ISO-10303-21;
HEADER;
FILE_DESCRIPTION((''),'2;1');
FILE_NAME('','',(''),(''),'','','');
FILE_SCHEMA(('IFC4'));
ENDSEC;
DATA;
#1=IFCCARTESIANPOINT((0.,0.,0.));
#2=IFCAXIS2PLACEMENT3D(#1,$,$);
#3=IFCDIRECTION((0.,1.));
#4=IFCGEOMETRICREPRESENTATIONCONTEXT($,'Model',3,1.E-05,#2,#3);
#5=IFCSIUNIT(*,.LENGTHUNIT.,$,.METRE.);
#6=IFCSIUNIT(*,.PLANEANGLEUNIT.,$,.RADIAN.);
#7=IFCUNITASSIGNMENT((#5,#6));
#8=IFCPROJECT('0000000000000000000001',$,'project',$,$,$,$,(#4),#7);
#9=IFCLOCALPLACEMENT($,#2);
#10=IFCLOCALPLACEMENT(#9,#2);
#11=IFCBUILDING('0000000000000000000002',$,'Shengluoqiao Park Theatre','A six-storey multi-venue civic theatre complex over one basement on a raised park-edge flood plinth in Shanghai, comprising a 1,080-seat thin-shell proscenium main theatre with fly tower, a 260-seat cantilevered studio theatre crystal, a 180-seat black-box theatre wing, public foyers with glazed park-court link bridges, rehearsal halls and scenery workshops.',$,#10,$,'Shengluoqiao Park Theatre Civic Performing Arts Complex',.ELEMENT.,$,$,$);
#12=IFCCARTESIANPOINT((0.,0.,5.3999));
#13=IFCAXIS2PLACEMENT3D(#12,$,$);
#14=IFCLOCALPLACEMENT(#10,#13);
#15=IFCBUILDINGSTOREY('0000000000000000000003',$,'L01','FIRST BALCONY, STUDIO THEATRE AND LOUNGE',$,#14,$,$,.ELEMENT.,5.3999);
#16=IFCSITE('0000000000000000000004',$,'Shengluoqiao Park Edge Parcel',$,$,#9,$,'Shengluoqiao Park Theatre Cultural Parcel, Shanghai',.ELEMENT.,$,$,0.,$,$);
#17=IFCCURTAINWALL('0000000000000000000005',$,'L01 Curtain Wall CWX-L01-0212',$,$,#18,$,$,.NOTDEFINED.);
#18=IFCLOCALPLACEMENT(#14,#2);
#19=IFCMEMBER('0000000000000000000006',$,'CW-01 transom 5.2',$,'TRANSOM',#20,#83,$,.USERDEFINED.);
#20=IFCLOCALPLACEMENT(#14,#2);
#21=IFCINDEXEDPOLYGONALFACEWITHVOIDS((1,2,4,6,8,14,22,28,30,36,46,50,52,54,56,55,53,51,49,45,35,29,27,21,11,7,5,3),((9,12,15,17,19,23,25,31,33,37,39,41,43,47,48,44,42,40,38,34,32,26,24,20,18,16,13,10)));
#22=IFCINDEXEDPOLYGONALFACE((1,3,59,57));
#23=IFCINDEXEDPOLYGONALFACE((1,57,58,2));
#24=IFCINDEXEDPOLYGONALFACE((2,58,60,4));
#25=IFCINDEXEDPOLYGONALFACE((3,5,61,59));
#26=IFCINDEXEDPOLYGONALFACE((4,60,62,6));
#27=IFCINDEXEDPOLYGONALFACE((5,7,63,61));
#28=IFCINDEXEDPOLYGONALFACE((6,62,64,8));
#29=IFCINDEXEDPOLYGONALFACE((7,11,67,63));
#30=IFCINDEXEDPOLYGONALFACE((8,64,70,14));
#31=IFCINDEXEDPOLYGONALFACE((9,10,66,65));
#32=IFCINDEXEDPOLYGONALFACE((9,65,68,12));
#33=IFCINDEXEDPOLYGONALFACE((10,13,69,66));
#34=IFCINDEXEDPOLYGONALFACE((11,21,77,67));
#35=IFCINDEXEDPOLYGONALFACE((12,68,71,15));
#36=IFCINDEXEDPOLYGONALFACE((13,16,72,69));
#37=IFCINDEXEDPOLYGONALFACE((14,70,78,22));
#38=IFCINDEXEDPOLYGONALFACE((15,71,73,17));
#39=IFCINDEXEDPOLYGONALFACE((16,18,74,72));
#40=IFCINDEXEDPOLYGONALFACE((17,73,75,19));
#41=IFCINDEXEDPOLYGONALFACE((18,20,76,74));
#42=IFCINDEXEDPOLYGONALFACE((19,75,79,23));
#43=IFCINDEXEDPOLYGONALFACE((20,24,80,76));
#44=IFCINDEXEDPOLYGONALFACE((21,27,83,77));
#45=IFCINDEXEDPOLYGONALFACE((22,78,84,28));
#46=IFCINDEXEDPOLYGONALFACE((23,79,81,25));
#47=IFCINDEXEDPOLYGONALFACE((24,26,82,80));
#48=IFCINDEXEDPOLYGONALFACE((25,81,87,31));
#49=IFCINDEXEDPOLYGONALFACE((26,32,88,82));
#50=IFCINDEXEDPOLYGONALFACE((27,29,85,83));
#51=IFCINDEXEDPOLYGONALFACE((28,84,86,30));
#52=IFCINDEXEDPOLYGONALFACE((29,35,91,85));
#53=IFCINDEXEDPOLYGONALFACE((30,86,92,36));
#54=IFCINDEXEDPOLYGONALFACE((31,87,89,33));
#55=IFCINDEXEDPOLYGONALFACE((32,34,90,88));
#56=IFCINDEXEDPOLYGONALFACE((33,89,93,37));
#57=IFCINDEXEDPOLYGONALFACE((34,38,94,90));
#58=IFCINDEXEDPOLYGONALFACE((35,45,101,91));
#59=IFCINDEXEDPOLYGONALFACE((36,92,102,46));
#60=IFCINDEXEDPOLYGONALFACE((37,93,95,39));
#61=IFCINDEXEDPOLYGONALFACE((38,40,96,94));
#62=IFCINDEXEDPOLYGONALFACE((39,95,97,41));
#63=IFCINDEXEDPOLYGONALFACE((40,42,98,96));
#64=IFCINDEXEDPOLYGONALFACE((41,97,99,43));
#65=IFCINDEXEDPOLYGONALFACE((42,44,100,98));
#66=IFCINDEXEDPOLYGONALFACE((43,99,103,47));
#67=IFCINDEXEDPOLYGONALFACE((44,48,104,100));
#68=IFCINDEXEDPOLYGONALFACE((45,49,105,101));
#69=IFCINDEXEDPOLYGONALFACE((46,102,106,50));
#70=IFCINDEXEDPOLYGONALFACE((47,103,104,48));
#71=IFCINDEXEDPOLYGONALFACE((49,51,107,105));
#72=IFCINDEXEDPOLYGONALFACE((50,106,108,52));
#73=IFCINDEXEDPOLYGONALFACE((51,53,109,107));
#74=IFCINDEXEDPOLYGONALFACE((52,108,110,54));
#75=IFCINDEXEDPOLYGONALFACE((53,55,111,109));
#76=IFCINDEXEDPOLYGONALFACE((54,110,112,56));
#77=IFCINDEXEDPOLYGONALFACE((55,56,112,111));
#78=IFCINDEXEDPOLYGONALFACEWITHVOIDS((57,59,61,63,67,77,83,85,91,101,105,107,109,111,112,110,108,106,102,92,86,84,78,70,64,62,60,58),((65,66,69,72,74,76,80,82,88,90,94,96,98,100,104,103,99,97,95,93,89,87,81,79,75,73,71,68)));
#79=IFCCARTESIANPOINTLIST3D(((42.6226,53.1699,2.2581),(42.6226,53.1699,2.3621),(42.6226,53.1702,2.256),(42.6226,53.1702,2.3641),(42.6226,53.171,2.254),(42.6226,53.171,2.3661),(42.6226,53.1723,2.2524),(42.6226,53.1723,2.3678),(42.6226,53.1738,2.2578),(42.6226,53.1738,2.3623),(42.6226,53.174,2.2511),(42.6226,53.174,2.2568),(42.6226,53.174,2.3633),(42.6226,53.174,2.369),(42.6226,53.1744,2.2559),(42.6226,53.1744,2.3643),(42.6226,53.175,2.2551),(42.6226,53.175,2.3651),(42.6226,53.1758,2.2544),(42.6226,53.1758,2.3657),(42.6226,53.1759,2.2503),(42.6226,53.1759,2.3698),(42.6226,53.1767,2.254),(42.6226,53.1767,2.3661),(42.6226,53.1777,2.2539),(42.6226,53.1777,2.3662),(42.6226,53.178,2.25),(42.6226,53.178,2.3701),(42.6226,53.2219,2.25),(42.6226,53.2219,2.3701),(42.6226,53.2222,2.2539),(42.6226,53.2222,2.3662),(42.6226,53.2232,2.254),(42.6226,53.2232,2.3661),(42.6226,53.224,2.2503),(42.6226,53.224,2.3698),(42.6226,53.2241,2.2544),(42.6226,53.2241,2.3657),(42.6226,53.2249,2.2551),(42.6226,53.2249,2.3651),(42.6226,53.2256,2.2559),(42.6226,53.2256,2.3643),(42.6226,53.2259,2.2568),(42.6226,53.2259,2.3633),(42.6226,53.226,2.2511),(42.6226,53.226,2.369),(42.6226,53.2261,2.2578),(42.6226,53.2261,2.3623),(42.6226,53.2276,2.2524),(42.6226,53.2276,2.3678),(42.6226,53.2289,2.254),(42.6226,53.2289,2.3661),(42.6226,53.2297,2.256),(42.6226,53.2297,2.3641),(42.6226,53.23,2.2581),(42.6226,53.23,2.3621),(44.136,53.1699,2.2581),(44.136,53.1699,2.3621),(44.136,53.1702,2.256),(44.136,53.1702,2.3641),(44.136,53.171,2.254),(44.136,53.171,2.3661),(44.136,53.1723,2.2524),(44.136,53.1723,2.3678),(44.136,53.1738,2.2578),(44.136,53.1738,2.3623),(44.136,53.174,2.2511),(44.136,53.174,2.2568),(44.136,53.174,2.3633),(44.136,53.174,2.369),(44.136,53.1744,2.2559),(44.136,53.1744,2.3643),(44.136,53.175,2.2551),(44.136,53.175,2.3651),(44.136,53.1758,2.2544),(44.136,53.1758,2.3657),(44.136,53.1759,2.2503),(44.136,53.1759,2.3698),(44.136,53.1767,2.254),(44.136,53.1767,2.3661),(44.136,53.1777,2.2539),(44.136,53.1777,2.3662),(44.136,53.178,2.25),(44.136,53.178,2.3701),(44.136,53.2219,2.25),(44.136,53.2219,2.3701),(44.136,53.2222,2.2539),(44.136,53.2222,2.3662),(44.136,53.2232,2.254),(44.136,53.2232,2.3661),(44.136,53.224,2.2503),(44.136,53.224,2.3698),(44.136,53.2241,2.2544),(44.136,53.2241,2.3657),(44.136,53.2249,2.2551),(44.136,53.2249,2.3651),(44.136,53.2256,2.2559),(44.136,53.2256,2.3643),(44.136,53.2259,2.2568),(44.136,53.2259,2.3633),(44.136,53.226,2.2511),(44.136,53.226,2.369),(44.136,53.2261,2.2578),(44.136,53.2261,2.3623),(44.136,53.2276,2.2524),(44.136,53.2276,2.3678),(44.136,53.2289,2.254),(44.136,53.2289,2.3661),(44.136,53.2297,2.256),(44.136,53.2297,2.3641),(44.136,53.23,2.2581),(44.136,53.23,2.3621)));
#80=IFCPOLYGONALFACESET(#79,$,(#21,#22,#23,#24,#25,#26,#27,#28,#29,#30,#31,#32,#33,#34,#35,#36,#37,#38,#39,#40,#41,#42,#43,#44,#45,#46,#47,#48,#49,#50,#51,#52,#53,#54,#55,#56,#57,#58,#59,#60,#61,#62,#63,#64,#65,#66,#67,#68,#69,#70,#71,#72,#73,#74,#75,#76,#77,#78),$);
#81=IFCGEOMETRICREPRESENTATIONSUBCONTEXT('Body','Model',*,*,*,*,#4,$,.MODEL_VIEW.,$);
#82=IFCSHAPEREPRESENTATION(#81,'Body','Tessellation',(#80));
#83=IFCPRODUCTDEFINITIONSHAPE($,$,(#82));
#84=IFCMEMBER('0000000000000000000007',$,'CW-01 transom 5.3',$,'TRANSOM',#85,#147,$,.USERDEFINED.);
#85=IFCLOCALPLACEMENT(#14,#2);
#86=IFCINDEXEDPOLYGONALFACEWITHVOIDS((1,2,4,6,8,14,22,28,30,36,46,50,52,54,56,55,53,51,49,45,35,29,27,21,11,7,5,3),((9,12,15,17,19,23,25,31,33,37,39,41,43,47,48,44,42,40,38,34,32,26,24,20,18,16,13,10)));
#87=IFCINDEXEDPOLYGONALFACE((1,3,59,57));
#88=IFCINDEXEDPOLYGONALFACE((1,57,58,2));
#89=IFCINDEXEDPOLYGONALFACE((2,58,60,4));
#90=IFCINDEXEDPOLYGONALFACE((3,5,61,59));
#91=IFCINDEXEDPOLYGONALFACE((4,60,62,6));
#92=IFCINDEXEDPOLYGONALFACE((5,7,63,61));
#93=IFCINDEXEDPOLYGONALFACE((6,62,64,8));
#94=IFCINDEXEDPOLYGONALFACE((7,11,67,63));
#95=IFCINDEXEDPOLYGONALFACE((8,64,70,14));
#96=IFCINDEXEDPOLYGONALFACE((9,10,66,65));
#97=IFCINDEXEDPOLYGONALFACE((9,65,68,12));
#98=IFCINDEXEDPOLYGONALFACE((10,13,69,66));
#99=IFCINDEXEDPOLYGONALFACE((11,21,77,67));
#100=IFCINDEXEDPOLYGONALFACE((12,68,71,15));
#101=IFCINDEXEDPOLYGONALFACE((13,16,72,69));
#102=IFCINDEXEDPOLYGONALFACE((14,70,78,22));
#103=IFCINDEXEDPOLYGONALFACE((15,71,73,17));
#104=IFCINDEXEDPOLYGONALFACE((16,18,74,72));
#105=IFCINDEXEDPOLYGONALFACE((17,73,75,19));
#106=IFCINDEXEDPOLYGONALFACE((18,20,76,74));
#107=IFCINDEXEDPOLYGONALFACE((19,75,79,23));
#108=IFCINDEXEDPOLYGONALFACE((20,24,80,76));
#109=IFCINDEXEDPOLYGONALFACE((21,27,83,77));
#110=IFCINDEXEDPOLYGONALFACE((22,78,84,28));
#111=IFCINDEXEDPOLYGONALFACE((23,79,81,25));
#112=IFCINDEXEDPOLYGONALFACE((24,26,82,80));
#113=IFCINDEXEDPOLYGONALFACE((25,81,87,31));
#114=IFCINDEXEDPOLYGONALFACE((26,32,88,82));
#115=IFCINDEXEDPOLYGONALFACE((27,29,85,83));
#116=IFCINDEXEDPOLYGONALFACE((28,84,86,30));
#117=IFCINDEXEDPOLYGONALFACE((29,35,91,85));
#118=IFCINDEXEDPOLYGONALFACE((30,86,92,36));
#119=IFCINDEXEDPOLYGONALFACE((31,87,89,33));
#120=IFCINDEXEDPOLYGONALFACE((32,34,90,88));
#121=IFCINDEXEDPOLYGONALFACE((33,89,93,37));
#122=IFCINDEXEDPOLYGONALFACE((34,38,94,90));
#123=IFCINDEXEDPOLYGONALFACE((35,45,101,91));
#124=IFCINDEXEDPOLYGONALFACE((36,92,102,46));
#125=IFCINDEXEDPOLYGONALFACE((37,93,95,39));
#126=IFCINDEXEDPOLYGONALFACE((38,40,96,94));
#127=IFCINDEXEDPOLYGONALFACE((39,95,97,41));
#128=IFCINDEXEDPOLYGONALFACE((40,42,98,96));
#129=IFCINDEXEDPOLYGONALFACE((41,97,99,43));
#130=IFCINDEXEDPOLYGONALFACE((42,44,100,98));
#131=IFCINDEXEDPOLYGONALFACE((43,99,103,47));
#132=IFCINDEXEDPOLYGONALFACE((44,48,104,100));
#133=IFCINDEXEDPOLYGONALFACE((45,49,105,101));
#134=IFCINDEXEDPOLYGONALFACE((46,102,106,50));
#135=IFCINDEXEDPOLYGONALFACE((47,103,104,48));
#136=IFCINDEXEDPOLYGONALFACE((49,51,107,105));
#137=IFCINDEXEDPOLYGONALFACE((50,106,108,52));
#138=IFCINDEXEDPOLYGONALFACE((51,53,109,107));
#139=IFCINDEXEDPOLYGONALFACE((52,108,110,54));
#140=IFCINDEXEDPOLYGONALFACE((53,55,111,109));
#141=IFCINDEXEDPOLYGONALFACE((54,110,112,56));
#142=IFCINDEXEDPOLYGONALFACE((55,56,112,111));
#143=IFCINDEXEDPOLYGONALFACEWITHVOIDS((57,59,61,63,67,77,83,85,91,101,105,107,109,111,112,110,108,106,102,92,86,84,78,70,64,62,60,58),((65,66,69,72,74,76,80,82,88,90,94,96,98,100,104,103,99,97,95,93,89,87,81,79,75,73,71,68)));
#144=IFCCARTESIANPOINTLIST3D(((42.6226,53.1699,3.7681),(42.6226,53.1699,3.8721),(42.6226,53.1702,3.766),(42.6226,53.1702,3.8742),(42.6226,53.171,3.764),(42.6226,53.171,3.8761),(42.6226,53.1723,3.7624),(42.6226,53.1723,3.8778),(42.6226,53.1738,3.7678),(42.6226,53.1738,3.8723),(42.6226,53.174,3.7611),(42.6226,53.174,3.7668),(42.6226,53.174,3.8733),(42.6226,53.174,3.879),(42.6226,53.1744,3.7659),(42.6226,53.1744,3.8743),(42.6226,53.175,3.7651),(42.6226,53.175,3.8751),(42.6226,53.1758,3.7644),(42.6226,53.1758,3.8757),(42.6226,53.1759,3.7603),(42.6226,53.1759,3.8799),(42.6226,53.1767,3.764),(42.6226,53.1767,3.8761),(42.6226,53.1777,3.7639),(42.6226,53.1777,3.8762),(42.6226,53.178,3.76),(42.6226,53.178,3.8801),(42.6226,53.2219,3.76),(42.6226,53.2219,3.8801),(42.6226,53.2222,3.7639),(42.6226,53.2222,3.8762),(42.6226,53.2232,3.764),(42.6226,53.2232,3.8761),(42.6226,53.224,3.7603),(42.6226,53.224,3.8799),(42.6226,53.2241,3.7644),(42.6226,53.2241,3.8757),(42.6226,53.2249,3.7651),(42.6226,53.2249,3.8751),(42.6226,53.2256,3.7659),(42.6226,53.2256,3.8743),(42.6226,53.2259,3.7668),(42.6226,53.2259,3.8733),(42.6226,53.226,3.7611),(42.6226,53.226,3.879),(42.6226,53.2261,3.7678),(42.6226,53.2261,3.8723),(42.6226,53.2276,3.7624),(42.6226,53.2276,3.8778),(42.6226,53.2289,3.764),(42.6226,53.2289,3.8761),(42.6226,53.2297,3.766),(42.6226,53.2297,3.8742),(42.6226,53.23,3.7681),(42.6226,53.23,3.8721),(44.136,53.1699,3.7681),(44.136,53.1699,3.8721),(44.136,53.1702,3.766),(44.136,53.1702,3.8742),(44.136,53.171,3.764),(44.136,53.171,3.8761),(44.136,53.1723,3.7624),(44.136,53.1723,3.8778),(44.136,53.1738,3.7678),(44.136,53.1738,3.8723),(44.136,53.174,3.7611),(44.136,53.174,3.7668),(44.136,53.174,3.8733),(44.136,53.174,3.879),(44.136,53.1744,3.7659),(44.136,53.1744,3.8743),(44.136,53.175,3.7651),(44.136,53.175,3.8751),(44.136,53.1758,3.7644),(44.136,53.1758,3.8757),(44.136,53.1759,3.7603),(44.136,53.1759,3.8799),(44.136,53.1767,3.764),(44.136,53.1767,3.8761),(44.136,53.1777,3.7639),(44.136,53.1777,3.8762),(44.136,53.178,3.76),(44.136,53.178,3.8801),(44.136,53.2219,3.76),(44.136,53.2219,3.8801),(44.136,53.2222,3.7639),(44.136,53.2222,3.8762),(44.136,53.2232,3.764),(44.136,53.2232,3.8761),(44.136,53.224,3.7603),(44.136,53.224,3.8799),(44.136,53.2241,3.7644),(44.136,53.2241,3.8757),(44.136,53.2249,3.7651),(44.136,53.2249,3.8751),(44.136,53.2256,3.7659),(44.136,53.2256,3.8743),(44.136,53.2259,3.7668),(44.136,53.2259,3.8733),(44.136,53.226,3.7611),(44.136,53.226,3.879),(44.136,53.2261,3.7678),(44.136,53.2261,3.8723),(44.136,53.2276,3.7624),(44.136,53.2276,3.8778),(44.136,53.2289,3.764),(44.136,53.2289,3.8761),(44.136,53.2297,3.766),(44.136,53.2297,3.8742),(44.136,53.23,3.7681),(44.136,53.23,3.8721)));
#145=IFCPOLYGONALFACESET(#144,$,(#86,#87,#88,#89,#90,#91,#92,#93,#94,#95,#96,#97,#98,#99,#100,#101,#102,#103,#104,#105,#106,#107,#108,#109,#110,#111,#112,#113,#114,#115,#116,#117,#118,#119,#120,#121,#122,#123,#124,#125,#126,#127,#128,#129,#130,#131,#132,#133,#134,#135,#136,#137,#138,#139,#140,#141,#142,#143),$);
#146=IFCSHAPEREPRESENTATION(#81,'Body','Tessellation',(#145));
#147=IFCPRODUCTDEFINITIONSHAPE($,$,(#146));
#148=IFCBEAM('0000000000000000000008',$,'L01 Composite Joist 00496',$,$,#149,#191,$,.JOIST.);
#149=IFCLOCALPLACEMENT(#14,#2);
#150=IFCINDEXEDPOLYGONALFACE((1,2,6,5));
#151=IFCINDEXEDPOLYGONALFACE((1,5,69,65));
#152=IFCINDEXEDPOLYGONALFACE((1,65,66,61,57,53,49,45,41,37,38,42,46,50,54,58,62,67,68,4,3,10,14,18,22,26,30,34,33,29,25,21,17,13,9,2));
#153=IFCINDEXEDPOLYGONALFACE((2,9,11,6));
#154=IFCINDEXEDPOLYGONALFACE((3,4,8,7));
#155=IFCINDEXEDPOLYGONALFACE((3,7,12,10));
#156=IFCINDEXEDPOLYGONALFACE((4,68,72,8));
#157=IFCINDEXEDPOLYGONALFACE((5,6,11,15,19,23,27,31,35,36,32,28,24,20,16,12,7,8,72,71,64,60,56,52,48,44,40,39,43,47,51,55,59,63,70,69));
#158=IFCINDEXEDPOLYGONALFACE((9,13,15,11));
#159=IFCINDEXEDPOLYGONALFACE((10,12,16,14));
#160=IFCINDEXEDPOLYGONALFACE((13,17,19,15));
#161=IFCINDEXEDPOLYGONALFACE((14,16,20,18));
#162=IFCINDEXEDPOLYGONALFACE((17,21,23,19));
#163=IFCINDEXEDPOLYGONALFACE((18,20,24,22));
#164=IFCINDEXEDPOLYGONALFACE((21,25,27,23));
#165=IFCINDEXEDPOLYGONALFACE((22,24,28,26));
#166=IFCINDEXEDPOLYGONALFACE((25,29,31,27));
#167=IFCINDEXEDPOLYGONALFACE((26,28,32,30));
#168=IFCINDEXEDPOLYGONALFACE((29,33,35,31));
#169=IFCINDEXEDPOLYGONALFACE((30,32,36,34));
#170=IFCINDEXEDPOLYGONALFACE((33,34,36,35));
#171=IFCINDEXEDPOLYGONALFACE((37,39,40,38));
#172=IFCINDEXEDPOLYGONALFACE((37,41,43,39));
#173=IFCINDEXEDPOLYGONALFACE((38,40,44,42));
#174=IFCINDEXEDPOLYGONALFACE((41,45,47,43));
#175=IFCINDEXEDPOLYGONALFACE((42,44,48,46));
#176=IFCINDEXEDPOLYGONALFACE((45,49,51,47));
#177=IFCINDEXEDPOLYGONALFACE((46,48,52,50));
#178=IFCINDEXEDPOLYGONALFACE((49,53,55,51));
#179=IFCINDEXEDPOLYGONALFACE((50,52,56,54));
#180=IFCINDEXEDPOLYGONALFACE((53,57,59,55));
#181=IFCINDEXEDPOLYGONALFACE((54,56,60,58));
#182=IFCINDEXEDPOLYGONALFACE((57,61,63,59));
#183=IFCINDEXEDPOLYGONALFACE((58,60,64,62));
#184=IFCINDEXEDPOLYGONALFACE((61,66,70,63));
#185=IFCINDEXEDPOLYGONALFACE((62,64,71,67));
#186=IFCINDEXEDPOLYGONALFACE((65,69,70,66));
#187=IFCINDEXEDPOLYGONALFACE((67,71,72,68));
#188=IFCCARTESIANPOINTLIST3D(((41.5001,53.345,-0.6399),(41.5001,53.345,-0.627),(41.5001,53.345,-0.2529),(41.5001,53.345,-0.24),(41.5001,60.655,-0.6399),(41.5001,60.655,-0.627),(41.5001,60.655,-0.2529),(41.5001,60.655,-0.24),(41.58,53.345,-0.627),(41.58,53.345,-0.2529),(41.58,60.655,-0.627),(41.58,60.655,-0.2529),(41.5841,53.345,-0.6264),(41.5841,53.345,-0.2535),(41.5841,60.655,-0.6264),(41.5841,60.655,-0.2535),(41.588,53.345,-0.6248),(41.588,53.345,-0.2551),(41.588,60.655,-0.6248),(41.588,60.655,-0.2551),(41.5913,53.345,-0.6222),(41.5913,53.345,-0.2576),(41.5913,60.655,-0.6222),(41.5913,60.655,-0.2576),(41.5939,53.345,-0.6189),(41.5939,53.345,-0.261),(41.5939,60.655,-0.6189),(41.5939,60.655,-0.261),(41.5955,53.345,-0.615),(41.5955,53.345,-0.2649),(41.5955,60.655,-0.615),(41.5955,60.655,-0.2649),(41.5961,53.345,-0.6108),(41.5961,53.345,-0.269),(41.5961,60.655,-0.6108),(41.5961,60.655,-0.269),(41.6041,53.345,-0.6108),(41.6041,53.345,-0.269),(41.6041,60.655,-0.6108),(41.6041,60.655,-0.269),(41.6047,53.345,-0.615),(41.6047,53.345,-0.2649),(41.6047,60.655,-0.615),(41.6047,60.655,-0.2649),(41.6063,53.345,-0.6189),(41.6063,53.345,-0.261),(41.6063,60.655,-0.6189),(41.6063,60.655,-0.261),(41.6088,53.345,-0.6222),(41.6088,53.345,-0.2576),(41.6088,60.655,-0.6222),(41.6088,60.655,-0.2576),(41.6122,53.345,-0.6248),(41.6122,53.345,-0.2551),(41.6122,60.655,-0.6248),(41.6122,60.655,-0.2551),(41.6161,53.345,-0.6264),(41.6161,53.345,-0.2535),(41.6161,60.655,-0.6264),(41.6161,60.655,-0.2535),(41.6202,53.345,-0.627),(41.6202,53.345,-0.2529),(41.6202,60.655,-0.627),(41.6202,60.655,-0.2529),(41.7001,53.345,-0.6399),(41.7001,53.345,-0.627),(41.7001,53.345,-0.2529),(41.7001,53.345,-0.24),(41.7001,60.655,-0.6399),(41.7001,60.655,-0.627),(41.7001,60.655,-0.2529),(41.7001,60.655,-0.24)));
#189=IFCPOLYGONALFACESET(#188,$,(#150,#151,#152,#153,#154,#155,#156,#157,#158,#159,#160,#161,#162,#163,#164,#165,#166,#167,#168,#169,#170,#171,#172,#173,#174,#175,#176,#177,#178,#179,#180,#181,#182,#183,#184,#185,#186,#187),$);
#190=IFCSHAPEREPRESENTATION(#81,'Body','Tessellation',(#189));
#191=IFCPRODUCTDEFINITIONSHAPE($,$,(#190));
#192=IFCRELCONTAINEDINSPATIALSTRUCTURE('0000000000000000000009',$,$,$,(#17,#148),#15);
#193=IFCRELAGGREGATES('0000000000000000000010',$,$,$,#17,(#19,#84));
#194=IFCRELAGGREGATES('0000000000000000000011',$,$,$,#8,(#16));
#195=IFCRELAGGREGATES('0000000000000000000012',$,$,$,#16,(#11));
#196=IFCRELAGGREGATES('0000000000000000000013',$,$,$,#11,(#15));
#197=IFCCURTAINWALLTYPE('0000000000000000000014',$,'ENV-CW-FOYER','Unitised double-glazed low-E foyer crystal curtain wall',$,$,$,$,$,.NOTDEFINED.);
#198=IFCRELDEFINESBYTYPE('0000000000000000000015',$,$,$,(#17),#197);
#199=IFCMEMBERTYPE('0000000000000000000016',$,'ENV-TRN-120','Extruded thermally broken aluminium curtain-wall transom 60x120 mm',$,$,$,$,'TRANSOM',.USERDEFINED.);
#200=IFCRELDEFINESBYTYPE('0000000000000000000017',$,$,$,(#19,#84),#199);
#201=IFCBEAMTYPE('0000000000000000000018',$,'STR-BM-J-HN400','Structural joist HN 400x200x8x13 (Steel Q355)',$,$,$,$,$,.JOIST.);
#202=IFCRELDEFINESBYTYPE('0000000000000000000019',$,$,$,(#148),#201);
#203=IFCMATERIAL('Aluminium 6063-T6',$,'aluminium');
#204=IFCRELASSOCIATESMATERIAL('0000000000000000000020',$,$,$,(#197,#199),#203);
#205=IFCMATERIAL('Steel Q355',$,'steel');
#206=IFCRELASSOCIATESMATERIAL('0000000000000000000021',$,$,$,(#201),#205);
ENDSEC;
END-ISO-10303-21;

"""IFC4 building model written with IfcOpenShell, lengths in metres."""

from ifc_helpers import new_model, si_unit, direction, frame, origin, origin_2d, place, context, subcontext, project, spatial, hollow_rectangle, i_section, extrude, material, material_profile, profile_set, type_object, element, aggregate, save


model = new_model("IFC4")

# Units and contexts
model_context = context("Model", 3, precision=1e-05, world=origin(), true_north=direction((0.0, 1.0)))
body_context = subcontext(model_context, "Body", "Model", "MODEL_VIEW")
ifc_project = project(units=[si_unit("LENGTHUNIT", "METRE"), si_unit("PLANEANGLEUNIT", "RADIAN")], contexts=[model_context])

# Site, building, storey
site_placement = place(None, origin())
site = spatial("IfcSite", under=ifc_project, at=site_placement, Name="Shengluoqiao Park Edge Parcel", LongName="Shengluoqiao Park Theatre Cultural Parcel, Shanghai", CompositionType="ELEMENT", RefElevation=0.0)
building_placement = place(site_placement, origin())
building = spatial("IfcBuilding", under=site, at=building_placement, Name="Shengluoqiao Park Theatre", Description="A six-storey multi-venue civic theatre complex over one basement on a raised park-edge flood plinth in Shanghai, comprising a 1,080-seat thin-shell proscenium main theatre with fly tower, a 260-seat cantilevered studio theatre crystal, a 180-seat black-box theatre wing, public foyers with glazed park-court link bridges, rehearsal halls and scenery workshops.", LongName="Shengluoqiao Park Theatre Civic Performing Arts Complex", CompositionType="ELEMENT")
storey_placement = place(building_placement, frame((0.0, 0.0, 5.3999)))
storey = spatial("IfcBuildingStorey", under=building, at=storey_placement, Name="L01", Description="FIRST BALCONY, STUDIO THEATRE AND LOUNGE", CompositionType="ELEMENT", Elevation=5.3999)

# Curtain wall, members
ifc_material_1 = material(Name="Aluminium 6063-T6", Category="aluminium")
curtain_wall_type = type_object("IfcCurtainWallType", Name="ENV-CW-FOYER", Description="Unitised double-glazed low-E foyer crystal curtain wall", PredefinedType="NOTDEFINED", material=ifc_material_1)
curtain_wall_placement = place(storey_placement, origin())
curtain_wall = element("IfcCurtainWall", 1, at=curtain_wall_placement, inside=storey, type_object=curtain_wall_type, Name="L01 Curtain Wall CWX-L01-0212", PredefinedType="NOTDEFINED")
ifc_material_profile_1 = material_profile(ifc_material_1, hollow_rectangle(XDim=0.0601, YDim=0.1201, WallThickness=0.0039, InnerFilletRadius=0.0039, OuterFilletRadius=0.0081, at=origin_2d()), Name="ALU TRANSOM 120x60x4")
ifc_profile_set_1 = profile_set([ifc_material_profile_1], Name="Aluminium 6063-T6")
member_type_1 = type_object("IfcMemberType", Name="ENV-TRN-120", Description="Extruded thermally broken aluminium curtain-wall transom 60x120 mm", ElementType="TRANSOM", PredefinedType="USERDEFINED", material=ifc_profile_set_1)
member_1_placement = place(storey_placement, frame((42.6226, 53.2, 2.3101), z_axis=(1.0, 0.0, 0.0), x_axis=(0.0, 1.0, 0.0)))
member_1 = element("IfcMember", 2, at=member_1_placement, type_object=member_type_1, Name="CW-01 transom 5.2", ObjectType="TRANSOM", PredefinedType="USERDEFINED", context=body_context, shape_type="SweptSolid", body=[
    extrude(hollow_rectangle(XDim=0.0601, YDim=0.1201, WallThickness=0.0039, InnerFilletRadius=0.0039, OuterFilletRadius=0.0081, at=origin_2d()), origin(), (0.0, 0.0, 1.0), 1.5134),
])
member_2_placement = place(storey_placement, frame((42.6226, 53.2, 3.8201), z_axis=(1.0, 0.0, 0.0), x_axis=(0.0, 1.0, 0.0)))
member_2 = element("IfcMember", 3, at=member_2_placement, type_object=member_type_1, Name="CW-01 transom 5.3", ObjectType="TRANSOM", PredefinedType="USERDEFINED", context=body_context, shape_type="SweptSolid", body=[
    extrude(hollow_rectangle(XDim=0.0601, YDim=0.1201, WallThickness=0.0039, InnerFilletRadius=0.0039, OuterFilletRadius=0.0081, at=origin_2d()), origin(), (0.0, 0.0, 1.0), 1.5134),
])

# Beam
ifc_material_2 = material(Name="Steel Q355", Category="steel")
ifc_material_profile_2 = material_profile(ifc_material_2, i_section(OverallWidth=0.2, OverallDepth=0.3999, WebThickness=0.0081, FlangeThickness=0.0129, FilletRadius=0.0161, at=origin_2d()), Name="HN 400x200x8x13")
ifc_profile_set_2 = profile_set([ifc_material_profile_2], Name="Steel Q355")
beam_type = type_object("IfcBeamType", Name="STR-BM-J-HN400", Description="Structural joist HN 400x200x8x13 (Steel Q355)", PredefinedType="JOIST", material=ifc_profile_set_2)
beam_placement = place(storey_placement, frame((41.6001, 53.345, -0.4399), z_axis=(0.0, 1.0, 0.0), x_axis=(-1.0, 0.0, 0.0)))
element("IfcBeam", 4, at=beam_placement, inside=storey, type_object=beam_type, Name="L01 Composite Joist 00496", PredefinedType="JOIST", context=body_context, shape_type="SweptSolid", body=[
    extrude(i_section(OverallWidth=0.2, OverallDepth=0.3999, WebThickness=0.0081, FlangeThickness=0.0129, FilletRadius=0.0161, at=origin_2d()), origin(), (0.0, 0.0, 1.0), 7.3101),
])

aggregate(curtain_wall, [member_1, member_2])

save(model, "model.ifc")
